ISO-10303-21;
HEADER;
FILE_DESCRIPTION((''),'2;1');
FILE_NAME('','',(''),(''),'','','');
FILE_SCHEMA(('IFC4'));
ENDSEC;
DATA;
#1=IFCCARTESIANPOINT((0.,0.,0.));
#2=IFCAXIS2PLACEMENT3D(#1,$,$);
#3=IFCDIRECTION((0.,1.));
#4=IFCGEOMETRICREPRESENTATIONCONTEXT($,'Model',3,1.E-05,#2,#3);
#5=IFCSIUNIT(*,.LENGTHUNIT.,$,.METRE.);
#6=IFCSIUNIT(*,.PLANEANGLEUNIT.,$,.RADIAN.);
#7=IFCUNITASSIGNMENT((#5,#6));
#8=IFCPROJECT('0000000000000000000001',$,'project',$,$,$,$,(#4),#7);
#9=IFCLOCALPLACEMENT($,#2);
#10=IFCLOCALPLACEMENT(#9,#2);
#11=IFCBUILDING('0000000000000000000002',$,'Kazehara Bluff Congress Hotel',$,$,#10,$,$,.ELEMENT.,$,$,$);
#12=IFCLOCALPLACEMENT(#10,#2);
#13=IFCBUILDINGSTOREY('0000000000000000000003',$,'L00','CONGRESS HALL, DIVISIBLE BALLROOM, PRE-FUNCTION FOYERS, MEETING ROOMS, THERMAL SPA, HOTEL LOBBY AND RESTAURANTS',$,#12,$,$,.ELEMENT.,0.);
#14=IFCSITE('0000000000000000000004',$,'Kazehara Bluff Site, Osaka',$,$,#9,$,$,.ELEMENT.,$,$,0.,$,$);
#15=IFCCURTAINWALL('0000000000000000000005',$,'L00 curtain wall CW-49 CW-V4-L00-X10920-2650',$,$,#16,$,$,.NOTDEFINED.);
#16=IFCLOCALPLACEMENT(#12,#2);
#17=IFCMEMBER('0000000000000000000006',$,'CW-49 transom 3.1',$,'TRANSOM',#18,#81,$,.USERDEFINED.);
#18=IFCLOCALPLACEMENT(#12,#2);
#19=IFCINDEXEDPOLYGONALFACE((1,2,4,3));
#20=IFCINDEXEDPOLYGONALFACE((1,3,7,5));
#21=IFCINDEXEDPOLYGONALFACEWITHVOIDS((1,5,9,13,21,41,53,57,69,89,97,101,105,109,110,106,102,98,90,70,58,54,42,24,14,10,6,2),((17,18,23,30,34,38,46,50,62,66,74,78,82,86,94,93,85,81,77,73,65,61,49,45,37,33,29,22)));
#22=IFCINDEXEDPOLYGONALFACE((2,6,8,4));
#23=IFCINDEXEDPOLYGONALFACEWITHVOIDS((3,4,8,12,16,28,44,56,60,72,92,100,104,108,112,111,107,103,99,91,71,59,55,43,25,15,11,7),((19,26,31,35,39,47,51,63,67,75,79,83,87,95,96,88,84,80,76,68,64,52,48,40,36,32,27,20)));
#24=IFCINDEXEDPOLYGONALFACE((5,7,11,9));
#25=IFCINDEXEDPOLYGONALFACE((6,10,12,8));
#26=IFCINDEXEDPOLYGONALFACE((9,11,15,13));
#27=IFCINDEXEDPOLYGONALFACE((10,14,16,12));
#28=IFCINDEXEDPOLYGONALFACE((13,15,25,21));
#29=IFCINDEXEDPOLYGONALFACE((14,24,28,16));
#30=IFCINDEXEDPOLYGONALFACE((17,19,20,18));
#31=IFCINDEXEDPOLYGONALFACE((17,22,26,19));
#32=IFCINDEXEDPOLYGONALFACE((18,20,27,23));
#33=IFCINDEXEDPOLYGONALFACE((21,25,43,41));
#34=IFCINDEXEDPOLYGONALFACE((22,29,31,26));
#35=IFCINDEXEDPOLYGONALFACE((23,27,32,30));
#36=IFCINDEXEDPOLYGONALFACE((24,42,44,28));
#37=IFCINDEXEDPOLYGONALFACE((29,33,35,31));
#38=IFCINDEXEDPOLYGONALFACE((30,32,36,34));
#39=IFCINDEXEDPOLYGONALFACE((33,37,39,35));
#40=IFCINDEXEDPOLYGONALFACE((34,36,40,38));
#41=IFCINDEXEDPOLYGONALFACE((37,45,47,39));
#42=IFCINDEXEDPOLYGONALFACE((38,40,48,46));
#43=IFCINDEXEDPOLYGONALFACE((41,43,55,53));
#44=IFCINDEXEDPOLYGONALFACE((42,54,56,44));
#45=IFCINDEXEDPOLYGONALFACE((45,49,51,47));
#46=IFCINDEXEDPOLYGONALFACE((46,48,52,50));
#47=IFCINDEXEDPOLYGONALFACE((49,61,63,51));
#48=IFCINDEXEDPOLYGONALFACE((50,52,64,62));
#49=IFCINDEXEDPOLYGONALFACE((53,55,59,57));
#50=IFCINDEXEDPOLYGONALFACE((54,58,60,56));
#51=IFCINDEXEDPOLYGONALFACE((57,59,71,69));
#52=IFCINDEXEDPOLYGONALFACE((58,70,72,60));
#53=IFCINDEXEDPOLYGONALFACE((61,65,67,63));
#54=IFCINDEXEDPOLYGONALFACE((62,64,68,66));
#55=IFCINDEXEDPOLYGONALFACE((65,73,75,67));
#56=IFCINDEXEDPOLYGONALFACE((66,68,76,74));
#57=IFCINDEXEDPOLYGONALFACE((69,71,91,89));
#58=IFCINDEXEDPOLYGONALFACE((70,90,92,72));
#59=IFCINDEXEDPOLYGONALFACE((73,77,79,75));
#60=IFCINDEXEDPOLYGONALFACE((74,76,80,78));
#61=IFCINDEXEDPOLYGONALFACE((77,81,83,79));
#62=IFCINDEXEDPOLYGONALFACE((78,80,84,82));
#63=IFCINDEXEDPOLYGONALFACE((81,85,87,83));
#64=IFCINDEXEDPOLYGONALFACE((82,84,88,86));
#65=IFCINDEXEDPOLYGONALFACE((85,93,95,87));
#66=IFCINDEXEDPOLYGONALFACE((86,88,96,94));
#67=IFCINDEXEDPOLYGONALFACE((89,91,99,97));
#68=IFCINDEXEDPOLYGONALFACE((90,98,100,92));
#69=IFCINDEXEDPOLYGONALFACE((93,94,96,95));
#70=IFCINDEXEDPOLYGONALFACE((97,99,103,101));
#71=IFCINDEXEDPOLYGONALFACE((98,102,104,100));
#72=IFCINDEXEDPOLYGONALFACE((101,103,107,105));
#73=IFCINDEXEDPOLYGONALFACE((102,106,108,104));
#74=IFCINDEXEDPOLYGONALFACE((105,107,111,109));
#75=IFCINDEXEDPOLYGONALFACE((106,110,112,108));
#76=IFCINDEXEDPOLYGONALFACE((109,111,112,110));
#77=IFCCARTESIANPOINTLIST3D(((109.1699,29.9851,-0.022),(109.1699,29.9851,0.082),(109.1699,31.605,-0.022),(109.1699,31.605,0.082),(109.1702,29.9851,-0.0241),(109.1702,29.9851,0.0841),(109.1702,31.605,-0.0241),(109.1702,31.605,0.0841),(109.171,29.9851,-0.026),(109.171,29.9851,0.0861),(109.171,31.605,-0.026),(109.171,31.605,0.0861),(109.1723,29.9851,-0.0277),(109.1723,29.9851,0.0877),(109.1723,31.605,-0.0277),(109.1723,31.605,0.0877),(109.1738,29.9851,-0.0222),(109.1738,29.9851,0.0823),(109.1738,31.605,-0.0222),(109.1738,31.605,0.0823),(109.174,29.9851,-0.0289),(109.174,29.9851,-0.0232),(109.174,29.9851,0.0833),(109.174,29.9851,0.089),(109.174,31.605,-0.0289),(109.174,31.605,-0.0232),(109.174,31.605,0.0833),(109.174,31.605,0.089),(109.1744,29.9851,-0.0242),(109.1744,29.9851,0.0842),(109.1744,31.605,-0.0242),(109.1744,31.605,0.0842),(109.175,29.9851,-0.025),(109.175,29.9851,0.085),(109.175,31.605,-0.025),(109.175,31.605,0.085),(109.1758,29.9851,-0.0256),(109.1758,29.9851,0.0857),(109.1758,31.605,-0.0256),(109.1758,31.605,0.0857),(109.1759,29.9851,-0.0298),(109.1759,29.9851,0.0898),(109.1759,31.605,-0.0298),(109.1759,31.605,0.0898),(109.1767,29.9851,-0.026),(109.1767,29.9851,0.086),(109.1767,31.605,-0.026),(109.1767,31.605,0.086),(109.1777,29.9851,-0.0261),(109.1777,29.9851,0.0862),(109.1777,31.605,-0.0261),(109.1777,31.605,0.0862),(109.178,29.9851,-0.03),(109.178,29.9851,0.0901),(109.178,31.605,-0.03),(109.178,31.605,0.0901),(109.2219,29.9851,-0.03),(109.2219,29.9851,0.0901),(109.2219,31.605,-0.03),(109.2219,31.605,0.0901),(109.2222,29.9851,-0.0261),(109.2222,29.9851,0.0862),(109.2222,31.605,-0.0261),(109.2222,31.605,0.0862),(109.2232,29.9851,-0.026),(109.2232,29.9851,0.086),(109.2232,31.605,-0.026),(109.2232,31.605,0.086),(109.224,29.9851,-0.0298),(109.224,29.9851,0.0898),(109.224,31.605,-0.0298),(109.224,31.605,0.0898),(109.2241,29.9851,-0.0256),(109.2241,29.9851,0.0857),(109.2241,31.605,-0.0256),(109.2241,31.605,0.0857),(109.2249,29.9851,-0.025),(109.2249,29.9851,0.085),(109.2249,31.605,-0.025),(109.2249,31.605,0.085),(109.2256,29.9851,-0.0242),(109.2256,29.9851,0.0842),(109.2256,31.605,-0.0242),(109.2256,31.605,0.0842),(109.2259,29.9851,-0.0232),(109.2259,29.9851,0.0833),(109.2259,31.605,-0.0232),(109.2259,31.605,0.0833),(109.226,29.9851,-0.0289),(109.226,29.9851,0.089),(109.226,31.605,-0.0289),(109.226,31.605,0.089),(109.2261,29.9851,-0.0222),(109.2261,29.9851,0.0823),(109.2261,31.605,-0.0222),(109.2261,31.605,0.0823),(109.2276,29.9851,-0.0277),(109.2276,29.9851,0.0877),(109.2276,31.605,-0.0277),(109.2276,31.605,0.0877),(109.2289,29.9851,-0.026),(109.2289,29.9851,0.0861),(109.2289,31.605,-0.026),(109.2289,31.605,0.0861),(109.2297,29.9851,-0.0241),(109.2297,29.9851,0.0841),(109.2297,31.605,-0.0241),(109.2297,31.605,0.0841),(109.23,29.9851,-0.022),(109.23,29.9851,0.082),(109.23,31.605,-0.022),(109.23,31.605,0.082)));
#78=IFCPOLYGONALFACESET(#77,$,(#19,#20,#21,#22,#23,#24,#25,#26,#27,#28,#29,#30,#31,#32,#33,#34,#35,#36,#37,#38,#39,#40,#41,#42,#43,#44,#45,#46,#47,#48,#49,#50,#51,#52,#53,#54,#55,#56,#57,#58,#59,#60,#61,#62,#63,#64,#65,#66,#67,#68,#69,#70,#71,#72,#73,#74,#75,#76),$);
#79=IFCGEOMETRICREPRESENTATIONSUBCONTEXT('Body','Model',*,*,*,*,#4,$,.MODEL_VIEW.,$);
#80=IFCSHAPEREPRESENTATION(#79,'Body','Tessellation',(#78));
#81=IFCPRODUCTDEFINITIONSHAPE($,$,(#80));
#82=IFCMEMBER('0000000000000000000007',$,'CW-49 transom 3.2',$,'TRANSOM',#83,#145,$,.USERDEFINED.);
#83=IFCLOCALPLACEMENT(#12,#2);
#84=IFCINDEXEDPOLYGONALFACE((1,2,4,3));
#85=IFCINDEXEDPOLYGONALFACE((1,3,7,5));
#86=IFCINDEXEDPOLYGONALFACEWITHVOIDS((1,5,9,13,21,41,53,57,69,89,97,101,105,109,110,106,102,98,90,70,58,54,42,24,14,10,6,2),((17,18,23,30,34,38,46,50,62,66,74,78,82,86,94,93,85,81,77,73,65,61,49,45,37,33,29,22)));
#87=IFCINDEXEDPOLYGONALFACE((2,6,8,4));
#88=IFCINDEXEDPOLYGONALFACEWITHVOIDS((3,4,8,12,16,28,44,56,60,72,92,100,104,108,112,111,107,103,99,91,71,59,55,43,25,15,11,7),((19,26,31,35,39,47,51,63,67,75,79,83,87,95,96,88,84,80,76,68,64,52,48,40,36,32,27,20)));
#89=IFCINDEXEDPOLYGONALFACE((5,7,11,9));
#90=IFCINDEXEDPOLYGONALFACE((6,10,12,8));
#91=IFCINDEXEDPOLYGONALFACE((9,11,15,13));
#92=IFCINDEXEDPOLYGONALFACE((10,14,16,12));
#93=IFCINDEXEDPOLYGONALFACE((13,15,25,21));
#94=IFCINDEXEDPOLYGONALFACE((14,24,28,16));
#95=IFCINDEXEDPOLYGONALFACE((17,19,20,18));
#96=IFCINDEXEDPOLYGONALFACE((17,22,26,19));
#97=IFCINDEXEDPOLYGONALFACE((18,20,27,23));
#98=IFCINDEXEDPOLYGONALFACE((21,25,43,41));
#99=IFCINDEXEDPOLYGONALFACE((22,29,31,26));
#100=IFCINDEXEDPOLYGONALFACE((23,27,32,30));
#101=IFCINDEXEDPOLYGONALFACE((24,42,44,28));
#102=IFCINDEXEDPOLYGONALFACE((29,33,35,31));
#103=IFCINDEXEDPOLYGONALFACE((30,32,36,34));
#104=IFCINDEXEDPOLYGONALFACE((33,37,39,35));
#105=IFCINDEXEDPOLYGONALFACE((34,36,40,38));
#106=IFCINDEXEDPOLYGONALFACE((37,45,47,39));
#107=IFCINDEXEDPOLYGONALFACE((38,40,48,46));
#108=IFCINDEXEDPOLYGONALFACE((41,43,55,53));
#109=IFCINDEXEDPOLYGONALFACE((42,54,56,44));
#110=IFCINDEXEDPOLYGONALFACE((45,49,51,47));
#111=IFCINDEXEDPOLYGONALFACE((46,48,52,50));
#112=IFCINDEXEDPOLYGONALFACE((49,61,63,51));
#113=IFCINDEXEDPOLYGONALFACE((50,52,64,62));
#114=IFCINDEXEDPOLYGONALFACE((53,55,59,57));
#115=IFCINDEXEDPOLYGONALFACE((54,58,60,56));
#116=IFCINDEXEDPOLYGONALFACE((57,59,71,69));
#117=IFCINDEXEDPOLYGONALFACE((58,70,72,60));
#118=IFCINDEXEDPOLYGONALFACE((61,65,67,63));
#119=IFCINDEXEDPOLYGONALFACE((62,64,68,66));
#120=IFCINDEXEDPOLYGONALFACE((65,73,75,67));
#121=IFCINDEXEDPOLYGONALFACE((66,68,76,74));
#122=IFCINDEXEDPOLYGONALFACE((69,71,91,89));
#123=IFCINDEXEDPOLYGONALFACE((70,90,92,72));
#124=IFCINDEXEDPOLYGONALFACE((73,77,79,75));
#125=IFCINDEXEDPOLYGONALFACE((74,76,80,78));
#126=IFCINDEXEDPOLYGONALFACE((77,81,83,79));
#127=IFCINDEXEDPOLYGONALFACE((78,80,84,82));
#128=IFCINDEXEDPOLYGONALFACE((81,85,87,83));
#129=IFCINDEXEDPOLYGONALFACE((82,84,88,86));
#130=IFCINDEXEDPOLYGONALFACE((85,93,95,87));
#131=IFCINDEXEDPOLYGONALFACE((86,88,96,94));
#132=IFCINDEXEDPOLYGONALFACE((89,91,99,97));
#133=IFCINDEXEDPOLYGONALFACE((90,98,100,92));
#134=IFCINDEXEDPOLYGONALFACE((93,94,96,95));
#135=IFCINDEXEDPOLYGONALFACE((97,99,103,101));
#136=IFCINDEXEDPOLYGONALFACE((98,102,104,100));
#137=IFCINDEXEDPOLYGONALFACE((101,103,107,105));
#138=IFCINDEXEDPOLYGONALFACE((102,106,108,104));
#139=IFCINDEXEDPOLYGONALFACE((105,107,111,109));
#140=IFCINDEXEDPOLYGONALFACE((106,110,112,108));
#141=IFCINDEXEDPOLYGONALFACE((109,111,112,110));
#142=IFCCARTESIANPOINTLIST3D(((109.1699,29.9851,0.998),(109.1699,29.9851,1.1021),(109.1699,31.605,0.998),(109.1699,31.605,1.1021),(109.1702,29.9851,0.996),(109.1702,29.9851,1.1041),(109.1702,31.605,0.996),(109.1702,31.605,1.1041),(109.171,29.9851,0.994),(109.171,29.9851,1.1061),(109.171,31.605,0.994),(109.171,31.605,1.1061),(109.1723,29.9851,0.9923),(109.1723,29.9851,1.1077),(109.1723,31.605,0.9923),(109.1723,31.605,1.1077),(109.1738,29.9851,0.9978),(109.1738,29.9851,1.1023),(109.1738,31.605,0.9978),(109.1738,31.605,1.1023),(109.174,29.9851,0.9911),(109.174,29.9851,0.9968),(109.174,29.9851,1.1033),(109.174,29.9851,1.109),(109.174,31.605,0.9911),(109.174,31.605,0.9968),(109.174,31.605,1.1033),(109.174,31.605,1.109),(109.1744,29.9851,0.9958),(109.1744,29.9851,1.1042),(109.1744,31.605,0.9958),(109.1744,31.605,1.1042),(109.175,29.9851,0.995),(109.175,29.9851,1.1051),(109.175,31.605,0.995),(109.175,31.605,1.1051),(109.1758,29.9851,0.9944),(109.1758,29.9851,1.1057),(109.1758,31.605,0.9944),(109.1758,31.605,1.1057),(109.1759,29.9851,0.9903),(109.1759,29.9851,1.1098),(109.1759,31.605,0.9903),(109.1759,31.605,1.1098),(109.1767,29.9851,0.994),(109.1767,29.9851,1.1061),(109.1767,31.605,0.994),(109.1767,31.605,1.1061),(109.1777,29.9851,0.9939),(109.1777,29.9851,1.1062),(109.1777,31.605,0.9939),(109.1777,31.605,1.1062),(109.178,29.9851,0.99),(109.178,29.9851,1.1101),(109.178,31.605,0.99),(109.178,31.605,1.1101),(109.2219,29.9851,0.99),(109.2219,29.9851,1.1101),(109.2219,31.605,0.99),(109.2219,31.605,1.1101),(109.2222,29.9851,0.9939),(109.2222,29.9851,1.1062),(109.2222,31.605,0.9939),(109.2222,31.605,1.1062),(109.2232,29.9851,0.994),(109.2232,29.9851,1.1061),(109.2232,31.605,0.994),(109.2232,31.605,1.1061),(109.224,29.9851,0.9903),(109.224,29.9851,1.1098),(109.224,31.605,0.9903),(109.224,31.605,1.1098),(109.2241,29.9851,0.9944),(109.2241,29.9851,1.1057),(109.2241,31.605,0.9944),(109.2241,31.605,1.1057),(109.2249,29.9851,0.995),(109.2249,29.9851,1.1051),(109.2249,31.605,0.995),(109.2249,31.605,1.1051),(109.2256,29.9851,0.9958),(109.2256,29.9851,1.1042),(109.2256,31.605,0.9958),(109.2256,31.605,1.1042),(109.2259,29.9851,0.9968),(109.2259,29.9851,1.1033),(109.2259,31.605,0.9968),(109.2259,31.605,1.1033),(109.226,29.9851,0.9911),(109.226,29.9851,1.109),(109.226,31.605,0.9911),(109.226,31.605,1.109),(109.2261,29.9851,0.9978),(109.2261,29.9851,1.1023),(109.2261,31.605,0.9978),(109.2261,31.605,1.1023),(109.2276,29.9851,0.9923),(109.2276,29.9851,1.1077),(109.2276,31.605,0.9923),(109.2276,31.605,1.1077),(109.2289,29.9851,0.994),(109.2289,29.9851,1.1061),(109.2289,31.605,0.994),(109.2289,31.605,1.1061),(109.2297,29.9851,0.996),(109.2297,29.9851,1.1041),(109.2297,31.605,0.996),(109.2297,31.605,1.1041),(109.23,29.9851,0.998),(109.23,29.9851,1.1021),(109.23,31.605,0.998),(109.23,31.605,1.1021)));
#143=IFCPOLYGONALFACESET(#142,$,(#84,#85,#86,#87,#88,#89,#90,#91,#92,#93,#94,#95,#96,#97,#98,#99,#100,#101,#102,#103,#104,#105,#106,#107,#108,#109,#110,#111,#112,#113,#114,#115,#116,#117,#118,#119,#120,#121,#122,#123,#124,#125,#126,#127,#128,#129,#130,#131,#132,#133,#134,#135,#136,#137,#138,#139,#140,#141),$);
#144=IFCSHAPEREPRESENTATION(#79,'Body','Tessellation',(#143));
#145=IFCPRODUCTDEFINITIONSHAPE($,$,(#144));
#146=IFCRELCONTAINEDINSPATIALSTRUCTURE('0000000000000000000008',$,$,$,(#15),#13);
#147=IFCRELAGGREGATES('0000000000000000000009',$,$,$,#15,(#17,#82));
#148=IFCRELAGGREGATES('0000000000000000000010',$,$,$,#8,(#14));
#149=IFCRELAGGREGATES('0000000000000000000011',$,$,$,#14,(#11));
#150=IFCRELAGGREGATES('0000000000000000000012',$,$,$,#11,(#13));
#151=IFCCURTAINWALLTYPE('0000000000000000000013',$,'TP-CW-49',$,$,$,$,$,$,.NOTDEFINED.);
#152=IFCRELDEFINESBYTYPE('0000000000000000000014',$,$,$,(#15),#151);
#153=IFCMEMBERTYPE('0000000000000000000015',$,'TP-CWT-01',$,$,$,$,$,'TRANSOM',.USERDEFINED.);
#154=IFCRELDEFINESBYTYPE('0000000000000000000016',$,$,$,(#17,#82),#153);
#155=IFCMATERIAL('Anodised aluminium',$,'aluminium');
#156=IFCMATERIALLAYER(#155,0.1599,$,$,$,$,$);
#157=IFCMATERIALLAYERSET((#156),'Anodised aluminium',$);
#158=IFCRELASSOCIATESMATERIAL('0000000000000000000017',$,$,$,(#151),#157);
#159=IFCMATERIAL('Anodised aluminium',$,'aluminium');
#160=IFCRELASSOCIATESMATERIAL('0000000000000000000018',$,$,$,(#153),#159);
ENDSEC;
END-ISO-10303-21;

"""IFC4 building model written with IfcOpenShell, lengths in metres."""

from ifc_helpers import new_model, si_unit, direction, frame, origin, origin_2d, place, context, subcontext, project, spatial, hollow_rectangle, extrude, material, layer, layer_set, material_profile, profile_set, type_object, element, aggregate, save


model = new_model("IFC4")

# Units and contexts
model_context = context("Model", 3, precision=1e-05, world=origin(), true_north=direction((0.0, 1.0)))
body_context = subcontext(model_context, "Body", "Model", "MODEL_VIEW")
ifc_project = project(units=[si_unit("LENGTHUNIT", "METRE"), si_unit("PLANEANGLEUNIT", "RADIAN")], contexts=[model_context])

# Site, building, storey
site_placement = place(None, origin())
site = spatial("IfcSite", under=ifc_project, at=site_placement, Name="Kazehara Bluff Site, Osaka", CompositionType="ELEMENT", RefElevation=0.0)
building_placement = place(site_placement, origin())
building = spatial("IfcBuilding", under=site, at=building_placement, Name="Kazehara Bluff Congress Hotel", CompositionType="ELEMENT")
storey_placement = place(building_placement, origin())
storey = spatial("IfcBuildingStorey", under=building, at=storey_placement, Name="L00", Description="CONGRESS HALL, DIVISIBLE BALLROOM, PRE-FUNCTION FOYERS, MEETING ROOMS, THERMAL SPA, HOTEL LOBBY AND RESTAURANTS", CompositionType="ELEMENT", Elevation=0.0)

# Curtain wall, members
ifc_material_1 = material(Name="Anodised aluminium", Category="aluminium")
ifc_layer_1 = layer(ifc_material_1, 0.1599)
ifc_layer_set_1 = layer_set([ifc_layer_1], Name="Anodised aluminium")
curtain_wall_type = type_object("IfcCurtainWallType", Name="TP-CW-49", PredefinedType="NOTDEFINED", material=ifc_layer_set_1)
curtain_wall_placement = place(storey_placement, origin())
curtain_wall = element("IfcCurtainWall", 1, at=curtain_wall_placement, inside=storey, type_object=curtain_wall_type, Name="L00 curtain wall CW-49 CW-V4-L00-X10920-2650", PredefinedType="NOTDEFINED")
ifc_material_2 = material(Name="Anodised aluminium", Category="aluminium")
ifc_material_profile_1 = material_profile(ifc_material_2, hollow_rectangle(XDim=0.0601, YDim=0.1201, WallThickness=0.0039, InnerFilletRadius=0.0039, OuterFilletRadius=0.0081, at=origin_2d()))
ifc_profile_set_1 = profile_set([ifc_material_profile_1], Name="Anodised aluminium")
member_type_1 = type_object("IfcMemberType", Name="TP-CWT-01", ElementType="TRANSOM", PredefinedType="USERDEFINED", material=ifc_profile_set_1)
member_1_placement = place(storey_placement, frame((109.2, 29.9851, 0.03), z_axis=(0.0, 1.0, 0.0), x_axis=(-1.0, 0.0, 0.0)))
member_1 = element("IfcMember", 2, at=member_1_placement, type_object=member_type_1, Name="CW-49 transom 3.1", ObjectType="TRANSOM", PredefinedType="USERDEFINED", context=body_context, shape_type="SweptSolid", body=[
    extrude(hollow_rectangle(XDim=0.0601, YDim=0.1201, WallThickness=0.0039, InnerFilletRadius=0.0039, OuterFilletRadius=0.0081, at=origin_2d()), origin(), (0.0, 0.0, 1.0), 1.6199),
])
member_2_placement = place(storey_placement, frame((109.2, 29.9851, 1.05), z_axis=(0.0, 1.0, 0.0), x_axis=(-1.0, 0.0, 0.0)))
member_2 = element("IfcMember", 3, at=member_2_placement, type_object=member_type_1, Name="CW-49 transom 3.2", ObjectType="TRANSOM", PredefinedType="USERDEFINED", context=body_context, shape_type="SweptSolid", body=[
    extrude(hollow_rectangle(XDim=0.0601, YDim=0.1201, WallThickness=0.0039, InnerFilletRadius=0.0039, OuterFilletRadius=0.0081, at=origin_2d()), origin(), (0.0, 0.0, 1.0), 1.6199),
])

aggregate(curtain_wall, [member_1, member_2])

save(model, "model.ifc")
